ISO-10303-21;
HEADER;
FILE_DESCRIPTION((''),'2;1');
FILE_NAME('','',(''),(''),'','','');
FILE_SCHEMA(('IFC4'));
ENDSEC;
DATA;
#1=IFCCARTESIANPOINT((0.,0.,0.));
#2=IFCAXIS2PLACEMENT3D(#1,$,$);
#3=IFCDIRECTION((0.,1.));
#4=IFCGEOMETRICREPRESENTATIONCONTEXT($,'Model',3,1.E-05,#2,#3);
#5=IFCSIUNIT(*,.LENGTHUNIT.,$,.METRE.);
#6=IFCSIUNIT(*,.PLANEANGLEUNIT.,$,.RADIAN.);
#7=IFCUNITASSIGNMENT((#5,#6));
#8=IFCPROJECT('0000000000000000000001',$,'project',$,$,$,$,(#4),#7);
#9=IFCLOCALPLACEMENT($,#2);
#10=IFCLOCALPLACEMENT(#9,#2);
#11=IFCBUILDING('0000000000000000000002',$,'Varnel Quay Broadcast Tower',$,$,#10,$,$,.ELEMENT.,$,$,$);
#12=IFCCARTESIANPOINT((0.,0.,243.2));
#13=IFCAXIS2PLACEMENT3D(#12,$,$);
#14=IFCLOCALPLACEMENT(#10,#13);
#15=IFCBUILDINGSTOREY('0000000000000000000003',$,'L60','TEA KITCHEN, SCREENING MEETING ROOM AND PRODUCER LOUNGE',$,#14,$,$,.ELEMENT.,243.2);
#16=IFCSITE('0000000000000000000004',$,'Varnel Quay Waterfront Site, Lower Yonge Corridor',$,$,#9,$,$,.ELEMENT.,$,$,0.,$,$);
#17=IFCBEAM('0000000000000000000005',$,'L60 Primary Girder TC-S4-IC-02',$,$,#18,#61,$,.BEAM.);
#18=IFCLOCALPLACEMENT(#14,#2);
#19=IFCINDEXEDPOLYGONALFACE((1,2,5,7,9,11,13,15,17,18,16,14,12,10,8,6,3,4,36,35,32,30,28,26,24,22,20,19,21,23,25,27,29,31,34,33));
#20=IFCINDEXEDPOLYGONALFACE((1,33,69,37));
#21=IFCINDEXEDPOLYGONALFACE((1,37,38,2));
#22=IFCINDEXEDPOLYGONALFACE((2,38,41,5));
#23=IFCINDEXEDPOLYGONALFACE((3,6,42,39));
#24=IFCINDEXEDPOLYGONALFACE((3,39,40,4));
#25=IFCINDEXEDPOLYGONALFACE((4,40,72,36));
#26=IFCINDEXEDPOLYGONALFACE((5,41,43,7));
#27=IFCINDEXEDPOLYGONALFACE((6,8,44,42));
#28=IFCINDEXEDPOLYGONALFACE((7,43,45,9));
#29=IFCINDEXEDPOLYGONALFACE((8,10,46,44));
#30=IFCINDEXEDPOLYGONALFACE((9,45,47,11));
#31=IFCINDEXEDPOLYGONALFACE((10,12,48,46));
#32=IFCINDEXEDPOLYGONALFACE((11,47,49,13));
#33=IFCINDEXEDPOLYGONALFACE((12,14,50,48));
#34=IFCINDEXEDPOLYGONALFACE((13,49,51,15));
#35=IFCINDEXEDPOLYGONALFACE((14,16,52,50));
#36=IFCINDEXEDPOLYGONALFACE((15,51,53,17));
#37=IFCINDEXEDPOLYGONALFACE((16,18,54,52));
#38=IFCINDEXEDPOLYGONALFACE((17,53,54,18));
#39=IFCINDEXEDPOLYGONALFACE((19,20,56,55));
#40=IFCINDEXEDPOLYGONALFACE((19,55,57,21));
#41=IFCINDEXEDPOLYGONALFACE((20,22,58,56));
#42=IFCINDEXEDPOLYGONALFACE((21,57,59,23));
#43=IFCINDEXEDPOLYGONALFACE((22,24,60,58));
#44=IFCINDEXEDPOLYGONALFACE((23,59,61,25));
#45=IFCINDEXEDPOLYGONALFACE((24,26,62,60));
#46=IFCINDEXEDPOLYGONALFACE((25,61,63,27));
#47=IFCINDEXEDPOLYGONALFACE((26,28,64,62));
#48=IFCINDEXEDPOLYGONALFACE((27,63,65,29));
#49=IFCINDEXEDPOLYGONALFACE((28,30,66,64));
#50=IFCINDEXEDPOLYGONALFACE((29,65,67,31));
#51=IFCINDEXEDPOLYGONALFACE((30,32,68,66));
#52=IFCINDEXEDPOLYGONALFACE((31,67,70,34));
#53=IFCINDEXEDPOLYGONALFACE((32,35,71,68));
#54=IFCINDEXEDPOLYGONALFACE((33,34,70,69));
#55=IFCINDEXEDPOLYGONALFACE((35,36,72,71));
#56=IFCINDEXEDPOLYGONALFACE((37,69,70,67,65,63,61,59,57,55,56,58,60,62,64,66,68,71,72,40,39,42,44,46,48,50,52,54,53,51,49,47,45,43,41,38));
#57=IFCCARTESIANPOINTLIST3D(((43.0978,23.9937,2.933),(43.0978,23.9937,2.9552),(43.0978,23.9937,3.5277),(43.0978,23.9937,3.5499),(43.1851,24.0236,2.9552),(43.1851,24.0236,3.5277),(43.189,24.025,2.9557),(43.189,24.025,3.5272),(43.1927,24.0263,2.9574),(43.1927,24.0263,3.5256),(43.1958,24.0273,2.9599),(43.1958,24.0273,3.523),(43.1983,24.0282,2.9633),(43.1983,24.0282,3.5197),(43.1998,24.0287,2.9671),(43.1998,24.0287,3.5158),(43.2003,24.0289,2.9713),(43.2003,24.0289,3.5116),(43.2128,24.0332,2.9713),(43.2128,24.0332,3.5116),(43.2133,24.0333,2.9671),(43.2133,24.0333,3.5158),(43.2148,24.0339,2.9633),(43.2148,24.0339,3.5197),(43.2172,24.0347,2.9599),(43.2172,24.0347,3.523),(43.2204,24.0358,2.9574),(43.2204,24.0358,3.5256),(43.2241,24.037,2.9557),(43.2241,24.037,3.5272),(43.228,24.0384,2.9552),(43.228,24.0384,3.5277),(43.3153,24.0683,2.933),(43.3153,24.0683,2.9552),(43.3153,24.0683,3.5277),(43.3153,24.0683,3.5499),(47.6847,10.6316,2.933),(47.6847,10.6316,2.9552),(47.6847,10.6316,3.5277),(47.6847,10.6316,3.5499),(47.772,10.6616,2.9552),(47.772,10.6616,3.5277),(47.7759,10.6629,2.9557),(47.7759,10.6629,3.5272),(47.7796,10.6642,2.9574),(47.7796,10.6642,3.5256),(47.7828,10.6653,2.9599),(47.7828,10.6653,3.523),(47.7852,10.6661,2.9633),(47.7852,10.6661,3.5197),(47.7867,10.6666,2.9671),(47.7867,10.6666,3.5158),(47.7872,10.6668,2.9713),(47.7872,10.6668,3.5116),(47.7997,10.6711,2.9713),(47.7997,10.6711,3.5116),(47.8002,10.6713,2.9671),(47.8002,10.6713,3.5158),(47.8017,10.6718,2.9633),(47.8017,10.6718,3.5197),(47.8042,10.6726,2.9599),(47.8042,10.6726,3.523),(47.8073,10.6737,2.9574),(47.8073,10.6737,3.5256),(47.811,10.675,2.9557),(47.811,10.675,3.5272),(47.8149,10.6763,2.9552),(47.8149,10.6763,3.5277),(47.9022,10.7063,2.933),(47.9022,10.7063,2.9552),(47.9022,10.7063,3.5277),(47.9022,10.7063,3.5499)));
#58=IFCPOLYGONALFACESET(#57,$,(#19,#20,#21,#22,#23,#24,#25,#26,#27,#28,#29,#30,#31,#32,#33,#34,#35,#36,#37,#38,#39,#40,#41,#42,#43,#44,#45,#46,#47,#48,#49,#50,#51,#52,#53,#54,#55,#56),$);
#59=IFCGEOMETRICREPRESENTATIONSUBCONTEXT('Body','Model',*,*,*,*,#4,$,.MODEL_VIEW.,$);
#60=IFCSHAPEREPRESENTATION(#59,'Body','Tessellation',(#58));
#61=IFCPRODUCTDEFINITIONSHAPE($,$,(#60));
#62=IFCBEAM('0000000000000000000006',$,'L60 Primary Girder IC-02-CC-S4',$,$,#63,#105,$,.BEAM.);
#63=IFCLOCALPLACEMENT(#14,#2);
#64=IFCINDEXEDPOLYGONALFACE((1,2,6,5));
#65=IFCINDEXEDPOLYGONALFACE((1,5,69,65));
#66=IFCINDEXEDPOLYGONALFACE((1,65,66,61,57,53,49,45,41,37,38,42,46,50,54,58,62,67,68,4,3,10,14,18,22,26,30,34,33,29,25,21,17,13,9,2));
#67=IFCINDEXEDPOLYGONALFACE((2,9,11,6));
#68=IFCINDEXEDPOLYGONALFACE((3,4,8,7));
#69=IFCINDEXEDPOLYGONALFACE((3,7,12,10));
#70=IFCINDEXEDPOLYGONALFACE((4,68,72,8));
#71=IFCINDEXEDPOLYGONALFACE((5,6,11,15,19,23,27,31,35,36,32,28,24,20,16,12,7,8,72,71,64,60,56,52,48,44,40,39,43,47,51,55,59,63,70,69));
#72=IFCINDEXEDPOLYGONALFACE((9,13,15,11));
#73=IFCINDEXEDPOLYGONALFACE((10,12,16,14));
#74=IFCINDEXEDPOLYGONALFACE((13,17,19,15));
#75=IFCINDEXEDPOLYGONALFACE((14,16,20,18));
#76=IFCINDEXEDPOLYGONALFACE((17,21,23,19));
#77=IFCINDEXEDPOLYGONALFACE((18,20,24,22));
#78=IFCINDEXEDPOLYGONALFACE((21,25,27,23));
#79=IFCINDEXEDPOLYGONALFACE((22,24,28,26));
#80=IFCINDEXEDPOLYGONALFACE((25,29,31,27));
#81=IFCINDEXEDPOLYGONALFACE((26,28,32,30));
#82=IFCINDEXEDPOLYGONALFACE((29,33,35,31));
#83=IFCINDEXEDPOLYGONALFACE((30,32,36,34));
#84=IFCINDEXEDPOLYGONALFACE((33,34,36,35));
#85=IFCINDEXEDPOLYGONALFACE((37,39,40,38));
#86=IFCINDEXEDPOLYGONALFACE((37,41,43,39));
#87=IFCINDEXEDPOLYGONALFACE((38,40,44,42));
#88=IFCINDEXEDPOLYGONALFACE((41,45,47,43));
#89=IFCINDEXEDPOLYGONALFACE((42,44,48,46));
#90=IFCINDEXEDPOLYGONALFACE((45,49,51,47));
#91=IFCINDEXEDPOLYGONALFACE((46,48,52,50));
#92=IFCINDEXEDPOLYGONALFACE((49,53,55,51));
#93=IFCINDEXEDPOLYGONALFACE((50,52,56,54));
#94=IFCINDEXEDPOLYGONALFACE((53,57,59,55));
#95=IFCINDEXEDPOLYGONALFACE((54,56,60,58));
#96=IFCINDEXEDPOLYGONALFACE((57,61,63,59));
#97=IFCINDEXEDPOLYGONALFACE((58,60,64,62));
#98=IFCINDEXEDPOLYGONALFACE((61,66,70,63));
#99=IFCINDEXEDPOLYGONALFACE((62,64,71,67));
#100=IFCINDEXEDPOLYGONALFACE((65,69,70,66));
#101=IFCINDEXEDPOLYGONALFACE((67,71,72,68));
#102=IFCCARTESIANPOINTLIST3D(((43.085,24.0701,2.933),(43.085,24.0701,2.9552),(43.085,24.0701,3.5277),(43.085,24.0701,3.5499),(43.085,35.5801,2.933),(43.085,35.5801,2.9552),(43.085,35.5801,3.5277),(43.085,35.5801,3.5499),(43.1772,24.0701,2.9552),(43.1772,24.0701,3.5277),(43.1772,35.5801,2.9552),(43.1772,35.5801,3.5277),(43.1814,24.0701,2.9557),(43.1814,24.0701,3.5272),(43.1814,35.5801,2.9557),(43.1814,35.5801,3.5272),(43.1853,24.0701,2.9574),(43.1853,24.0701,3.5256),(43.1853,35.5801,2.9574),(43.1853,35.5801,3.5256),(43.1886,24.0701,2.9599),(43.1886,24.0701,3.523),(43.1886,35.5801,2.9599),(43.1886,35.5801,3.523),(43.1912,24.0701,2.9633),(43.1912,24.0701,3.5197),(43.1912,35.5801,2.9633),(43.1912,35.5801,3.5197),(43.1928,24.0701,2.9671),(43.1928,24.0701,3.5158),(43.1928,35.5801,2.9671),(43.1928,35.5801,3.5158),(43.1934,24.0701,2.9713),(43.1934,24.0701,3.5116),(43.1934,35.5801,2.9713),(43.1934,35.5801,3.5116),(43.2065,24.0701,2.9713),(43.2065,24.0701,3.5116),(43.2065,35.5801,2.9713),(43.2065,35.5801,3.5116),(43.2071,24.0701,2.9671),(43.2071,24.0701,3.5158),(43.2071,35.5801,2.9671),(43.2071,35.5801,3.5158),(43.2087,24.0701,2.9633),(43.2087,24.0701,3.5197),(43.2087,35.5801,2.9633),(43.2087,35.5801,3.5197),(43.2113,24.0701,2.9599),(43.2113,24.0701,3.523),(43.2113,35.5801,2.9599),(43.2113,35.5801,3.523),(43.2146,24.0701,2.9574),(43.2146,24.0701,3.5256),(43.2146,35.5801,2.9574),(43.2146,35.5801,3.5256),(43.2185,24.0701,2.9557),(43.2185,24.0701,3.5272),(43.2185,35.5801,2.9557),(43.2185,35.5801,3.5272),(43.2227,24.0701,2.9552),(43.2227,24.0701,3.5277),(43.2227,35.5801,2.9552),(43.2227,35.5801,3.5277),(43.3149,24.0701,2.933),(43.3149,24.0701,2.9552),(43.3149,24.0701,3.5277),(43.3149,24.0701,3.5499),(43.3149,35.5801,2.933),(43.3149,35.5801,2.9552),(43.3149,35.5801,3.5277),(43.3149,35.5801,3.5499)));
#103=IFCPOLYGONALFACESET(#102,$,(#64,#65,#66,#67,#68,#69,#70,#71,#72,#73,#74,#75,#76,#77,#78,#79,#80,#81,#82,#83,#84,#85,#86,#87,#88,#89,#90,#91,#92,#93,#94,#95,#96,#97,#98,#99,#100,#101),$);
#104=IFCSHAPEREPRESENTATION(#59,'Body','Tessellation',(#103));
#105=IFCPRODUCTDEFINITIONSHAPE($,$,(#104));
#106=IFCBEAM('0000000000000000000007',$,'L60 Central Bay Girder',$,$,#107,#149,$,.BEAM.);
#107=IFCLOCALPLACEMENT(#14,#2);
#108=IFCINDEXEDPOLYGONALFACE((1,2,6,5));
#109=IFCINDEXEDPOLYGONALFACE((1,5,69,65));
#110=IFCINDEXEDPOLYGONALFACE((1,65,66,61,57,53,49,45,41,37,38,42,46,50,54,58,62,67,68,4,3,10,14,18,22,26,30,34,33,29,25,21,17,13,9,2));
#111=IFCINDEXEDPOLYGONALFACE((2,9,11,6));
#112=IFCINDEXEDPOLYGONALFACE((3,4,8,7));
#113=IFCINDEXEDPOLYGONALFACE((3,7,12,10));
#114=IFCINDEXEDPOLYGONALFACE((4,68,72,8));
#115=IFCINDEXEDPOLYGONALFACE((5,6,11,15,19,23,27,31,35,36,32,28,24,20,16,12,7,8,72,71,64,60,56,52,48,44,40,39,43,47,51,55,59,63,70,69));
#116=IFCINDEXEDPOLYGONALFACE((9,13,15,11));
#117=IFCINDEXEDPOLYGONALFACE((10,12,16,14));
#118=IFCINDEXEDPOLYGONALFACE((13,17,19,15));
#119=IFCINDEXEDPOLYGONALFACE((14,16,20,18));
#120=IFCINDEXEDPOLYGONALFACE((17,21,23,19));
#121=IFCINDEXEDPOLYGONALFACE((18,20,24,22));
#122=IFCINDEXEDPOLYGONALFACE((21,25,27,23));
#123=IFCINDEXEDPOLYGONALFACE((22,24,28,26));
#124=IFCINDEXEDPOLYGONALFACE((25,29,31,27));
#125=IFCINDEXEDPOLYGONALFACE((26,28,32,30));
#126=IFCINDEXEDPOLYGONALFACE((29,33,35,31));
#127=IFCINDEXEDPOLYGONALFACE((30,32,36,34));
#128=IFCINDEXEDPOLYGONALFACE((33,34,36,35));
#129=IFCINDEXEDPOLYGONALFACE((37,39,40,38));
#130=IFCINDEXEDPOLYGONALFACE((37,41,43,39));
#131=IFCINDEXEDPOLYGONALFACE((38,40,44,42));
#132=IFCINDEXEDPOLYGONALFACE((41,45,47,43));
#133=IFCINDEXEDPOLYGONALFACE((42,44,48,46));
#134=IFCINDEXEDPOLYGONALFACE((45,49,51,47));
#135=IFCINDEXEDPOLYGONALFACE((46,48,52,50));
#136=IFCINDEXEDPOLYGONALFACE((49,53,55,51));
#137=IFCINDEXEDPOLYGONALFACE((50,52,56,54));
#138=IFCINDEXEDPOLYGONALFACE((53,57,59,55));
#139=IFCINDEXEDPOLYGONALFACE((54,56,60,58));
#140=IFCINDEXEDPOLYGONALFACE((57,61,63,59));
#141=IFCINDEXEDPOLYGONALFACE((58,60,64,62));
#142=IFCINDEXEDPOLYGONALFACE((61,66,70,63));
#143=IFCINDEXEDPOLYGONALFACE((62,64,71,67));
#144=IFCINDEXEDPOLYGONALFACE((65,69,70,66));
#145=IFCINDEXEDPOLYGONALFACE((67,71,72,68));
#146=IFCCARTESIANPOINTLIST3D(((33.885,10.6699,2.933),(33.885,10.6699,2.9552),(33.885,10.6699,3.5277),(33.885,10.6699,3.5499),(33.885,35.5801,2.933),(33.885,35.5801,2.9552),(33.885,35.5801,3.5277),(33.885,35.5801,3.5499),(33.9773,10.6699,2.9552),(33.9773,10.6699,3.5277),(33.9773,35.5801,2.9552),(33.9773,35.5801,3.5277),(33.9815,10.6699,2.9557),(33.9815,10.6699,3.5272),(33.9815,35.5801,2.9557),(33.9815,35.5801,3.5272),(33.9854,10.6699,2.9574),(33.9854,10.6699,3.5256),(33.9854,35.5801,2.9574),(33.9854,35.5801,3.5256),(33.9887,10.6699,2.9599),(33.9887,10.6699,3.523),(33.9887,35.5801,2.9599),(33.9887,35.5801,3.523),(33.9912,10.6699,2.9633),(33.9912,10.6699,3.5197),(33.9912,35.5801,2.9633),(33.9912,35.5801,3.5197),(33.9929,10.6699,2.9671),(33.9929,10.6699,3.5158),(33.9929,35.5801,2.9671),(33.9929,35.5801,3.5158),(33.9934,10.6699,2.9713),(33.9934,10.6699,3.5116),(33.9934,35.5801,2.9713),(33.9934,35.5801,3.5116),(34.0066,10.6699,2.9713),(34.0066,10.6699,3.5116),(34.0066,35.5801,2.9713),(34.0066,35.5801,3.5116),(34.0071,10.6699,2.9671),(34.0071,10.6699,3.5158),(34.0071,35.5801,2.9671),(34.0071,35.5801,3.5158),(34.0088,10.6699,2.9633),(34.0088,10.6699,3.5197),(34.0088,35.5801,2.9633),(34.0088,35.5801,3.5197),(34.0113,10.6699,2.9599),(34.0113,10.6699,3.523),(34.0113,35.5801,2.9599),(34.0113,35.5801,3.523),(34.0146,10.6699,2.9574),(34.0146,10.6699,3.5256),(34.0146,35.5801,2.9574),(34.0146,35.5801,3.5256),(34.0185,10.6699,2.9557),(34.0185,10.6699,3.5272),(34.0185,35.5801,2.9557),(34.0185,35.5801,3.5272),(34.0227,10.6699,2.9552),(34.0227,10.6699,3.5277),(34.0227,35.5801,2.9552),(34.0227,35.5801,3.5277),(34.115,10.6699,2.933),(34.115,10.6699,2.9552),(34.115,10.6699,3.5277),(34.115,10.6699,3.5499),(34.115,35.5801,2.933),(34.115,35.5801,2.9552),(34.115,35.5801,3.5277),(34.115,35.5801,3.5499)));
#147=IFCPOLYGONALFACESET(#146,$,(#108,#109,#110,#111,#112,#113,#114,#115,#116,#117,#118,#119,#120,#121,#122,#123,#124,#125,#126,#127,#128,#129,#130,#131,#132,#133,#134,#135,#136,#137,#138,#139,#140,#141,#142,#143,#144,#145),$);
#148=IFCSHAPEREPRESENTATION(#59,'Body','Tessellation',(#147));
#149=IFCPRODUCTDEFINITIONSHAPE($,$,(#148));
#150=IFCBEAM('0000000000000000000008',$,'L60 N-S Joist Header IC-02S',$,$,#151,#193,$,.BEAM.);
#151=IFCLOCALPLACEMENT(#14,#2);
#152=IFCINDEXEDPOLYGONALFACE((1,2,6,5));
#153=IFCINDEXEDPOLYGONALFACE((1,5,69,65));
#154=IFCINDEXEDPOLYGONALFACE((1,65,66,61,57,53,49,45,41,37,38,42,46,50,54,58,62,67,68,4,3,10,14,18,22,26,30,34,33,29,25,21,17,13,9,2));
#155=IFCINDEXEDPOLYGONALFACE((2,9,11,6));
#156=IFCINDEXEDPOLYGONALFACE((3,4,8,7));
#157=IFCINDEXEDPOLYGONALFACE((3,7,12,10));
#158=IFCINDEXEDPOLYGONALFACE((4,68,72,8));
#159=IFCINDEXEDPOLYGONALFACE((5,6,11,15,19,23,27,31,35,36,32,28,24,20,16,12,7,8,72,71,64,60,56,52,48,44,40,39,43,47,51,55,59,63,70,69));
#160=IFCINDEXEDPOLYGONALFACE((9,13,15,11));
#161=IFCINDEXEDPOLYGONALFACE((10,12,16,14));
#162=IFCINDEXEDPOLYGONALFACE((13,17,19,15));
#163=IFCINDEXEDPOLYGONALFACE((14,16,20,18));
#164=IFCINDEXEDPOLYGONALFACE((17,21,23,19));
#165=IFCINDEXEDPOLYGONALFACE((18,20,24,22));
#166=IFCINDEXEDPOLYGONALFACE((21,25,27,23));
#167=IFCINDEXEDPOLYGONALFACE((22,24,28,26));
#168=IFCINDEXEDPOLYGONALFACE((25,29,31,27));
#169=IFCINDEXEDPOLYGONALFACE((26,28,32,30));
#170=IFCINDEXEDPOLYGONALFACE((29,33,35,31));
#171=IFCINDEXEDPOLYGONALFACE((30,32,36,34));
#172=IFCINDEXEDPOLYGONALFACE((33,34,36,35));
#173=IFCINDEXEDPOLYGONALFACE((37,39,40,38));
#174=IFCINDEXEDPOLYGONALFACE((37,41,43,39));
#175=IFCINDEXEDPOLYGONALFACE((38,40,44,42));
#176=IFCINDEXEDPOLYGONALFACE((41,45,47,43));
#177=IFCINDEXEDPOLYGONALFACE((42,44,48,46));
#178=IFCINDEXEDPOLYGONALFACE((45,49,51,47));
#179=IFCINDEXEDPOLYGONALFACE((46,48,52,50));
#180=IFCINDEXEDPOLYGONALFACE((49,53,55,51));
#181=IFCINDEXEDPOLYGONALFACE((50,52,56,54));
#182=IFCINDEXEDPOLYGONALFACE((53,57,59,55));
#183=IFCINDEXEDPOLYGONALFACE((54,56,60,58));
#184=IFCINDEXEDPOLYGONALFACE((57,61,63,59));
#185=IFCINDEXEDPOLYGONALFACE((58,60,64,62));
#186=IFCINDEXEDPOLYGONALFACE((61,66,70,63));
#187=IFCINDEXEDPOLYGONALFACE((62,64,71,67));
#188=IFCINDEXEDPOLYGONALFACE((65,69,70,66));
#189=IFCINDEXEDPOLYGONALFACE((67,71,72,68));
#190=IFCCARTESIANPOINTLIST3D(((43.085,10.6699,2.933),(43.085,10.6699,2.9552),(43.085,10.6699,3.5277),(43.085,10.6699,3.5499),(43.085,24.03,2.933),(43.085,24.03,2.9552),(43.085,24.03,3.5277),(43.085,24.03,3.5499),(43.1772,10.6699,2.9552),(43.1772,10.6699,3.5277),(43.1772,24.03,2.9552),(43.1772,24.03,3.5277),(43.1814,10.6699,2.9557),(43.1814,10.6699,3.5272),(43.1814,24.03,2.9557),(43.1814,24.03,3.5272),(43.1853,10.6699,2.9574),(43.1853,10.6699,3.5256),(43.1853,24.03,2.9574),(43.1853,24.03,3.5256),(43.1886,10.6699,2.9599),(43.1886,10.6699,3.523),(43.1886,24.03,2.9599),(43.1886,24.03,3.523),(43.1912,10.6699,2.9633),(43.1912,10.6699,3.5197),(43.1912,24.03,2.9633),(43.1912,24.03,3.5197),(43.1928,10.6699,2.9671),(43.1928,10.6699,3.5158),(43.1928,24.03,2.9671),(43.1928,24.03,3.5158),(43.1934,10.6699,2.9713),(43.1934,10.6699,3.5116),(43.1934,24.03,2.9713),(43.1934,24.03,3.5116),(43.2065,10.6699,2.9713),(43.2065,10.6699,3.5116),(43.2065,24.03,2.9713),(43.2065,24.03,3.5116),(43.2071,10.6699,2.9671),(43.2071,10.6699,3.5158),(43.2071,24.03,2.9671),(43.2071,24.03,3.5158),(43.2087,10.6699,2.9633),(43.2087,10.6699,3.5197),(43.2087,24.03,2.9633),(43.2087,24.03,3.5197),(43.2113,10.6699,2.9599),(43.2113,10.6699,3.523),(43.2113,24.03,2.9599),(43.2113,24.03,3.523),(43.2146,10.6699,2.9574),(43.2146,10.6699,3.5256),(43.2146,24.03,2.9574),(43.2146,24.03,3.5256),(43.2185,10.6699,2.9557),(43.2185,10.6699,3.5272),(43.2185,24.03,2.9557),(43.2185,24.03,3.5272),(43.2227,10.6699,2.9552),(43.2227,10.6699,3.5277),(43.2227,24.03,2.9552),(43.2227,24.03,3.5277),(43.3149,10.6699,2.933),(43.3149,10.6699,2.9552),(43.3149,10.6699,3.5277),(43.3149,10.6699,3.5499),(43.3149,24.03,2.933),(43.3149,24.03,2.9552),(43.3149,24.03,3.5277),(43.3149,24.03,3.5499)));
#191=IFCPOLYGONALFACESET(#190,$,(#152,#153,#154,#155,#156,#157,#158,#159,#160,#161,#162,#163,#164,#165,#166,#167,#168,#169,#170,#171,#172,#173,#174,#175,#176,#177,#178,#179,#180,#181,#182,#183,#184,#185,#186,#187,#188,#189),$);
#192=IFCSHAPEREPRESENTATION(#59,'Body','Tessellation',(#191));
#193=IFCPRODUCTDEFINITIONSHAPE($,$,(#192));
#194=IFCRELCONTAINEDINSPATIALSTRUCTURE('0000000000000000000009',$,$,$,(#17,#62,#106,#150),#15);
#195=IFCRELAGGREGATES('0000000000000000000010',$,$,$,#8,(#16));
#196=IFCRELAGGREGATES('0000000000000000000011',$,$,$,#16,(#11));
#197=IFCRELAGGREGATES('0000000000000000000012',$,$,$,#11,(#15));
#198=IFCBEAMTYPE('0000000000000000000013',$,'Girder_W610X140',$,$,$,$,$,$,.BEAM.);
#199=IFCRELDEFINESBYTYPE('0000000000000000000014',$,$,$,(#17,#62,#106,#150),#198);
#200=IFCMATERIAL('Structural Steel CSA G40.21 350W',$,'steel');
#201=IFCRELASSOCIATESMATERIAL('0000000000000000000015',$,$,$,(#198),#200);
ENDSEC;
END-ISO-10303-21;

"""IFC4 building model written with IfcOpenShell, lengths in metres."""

from ifc_helpers import new_model, si_unit, direction, frame, origin, origin_2d, place, context, subcontext, project, spatial, i_section, extrude, source, transform, mapped, material, material_profile, profile_set, type_object, type_shapes, element, save


model = new_model("IFC4")

# Units and contexts
model_context = context("Model", 3, precision=1e-05, world=origin(), true_north=direction((0.0, 1.0)))
body_context = subcontext(model_context, "Body", "Model", "MODEL_VIEW")
ifc_project = project(units=[si_unit("LENGTHUNIT", "METRE"), si_unit("PLANEANGLEUNIT", "RADIAN")], contexts=[model_context])

# Site, building, storey
site_placement = place(None, origin())
site = spatial("IfcSite", under=ifc_project, at=site_placement, Name="Varnel Quay Waterfront Site, Lower Yonge Corridor", CompositionType="ELEMENT", RefElevation=0.0)
building_placement = place(site_placement, origin())
building = spatial("IfcBuilding", under=site, at=building_placement, Name="Varnel Quay Broadcast Tower", CompositionType="ELEMENT")
storey_placement = place(building_placement, frame((0.0, 0.0, 243.2)))
storey = spatial("IfcBuildingStorey", under=building, at=storey_placement, Name="L60", Description="TEA KITCHEN, SCREENING MEETING ROOM AND PRODUCER LOUNGE", CompositionType="ELEMENT", Elevation=243.2)

# Shared definitions
ifc_material_1 = material(Name="Structural Steel CSA G40.21 350W", Category="steel")

# Beams
ifc_material_profile_1 = material_profile(ifc_material_1, i_section(OverallWidth=0.23, OverallDepth=0.6169, WebThickness=0.0132, FlangeThickness=0.0222, FilletRadius=0.0161, at=origin_2d()), Name="W610X140")
ifc_profile_set_1 = profile_set([ifc_material_profile_1], Name="Structural Steel CSA G40.21 350W")
beam_type_1 = type_object("IfcBeamType", Name="Girder_W610X140", PredefinedType="BEAM", material=ifc_profile_set_1)
shared_shape_1 = source(origin(), body_context, "Body", "SweptSolid", [
    extrude(i_section(OverallWidth=0.23, OverallDepth=0.6169, WebThickness=0.0132, FlangeThickness=0.0222, FilletRadius=0.0161, at=origin_2d()), origin(), (0.0, 0.0, 1.0), 14.1274),
])
beam_1_placement = place(storey_placement, frame((47.7935, 10.6689, 3.2415), z_axis=(-0.324681, 0.945823, 0.0), x_axis=(-0.945823, -0.324681, 0.0)))
element("IfcBeam", 1, at=beam_1_placement, inside=storey, type_object=beam_type_1, Name="L60 Primary Girder TC-S4-IC-02", PredefinedType="BEAM", context=body_context, shape_type="MappedRepresentation", body=[
    mapped(shared_shape_1, transform((0.0, 0.0, 0.0), x_axis=(1.0, 0.0, 0.0), y_axis=(0.0, 1.0, 0.0), z_axis=(0.0, 0.0, 1.0), scale=1.0)),
])
shared_shape_2 = source(origin(), body_context, "Body", "SweptSolid", [
    extrude(i_section(OverallWidth=0.23, OverallDepth=0.6169, WebThickness=0.0132, FlangeThickness=0.0222, FilletRadius=0.0161, at=origin_2d()), origin(), (0.0, 0.0, 1.0), 11.51),
])
beam_2_placement = place(storey_placement, frame((43.2, 24.0701, 3.2415), z_axis=(0.0, 1.0, 0.0), x_axis=(-1.0, 0.0, 0.0)))
element("IfcBeam", 2, at=beam_2_placement, inside=storey, type_object=beam_type_1, Name="L60 Primary Girder IC-02-CC-S4", PredefinedType="BEAM", context=body_context, shape_type="MappedRepresentation", body=[
    mapped(shared_shape_2, transform((0.0, 0.0, 0.0), x_axis=(1.0, 0.0, 0.0), y_axis=(0.0, 1.0, 0.0), z_axis=(0.0, 0.0, 1.0), scale=1.0)),
])
shared_shape_3 = source(origin(), body_context, "Body", "SweptSolid", [
    extrude(i_section(OverallWidth=0.23, OverallDepth=0.6169, WebThickness=0.0132, FlangeThickness=0.0222, FilletRadius=0.0161, at=origin_2d()), origin(), (0.0, 0.0, 1.0), 24.9102),
])
beam_3_placement = place(storey_placement, frame((34.0, 10.6699, 3.2415), z_axis=(0.0, 1.0, 0.0), x_axis=(-1.0, 0.0, 0.0)))
element("IfcBeam", 3, at=beam_3_placement, inside=storey, type_object=beam_type_1, Name="L60 Central Bay Girder", PredefinedType="BEAM", context=body_context, shape_type="MappedRepresentation", body=[
    mapped(shared_shape_3, transform((0.0, 0.0, 0.0), x_axis=(1.0, 0.0, 0.0), y_axis=(0.0, 1.0, 0.0), z_axis=(0.0, 0.0, 1.0), scale=1.0)),
])
shared_shape_4 = source(origin(), body_context, "Body", "SweptSolid", [
    extrude(i_section(OverallWidth=0.23, OverallDepth=0.6169, WebThickness=0.0132, FlangeThickness=0.0222, FilletRadius=0.0161, at=origin_2d()), origin(), (0.0, 0.0, 1.0), 13.3601),
])
type_shapes(beam_type_1, [shared_shape_1, shared_shape_2, shared_shape_3, shared_shape_4])
beam_4_placement = place(storey_placement, frame((43.2, 10.6699, 3.2415), z_axis=(0.0, 1.0, 0.0), x_axis=(-1.0, 0.0, 0.0)))
element("IfcBeam", 4, at=beam_4_placement, inside=storey, type_object=beam_type_1, Name="L60 N-S Joist Header IC-02S", PredefinedType="BEAM", context=body_context, shape_type="MappedRepresentation", body=[
    mapped(shared_shape_4, transform((0.0, 0.0, 0.0), x_axis=(1.0, 0.0, 0.0), y_axis=(0.0, 1.0, 0.0), z_axis=(0.0, 0.0, 1.0), scale=1.0)),
])

save(model, "model.ifc")
